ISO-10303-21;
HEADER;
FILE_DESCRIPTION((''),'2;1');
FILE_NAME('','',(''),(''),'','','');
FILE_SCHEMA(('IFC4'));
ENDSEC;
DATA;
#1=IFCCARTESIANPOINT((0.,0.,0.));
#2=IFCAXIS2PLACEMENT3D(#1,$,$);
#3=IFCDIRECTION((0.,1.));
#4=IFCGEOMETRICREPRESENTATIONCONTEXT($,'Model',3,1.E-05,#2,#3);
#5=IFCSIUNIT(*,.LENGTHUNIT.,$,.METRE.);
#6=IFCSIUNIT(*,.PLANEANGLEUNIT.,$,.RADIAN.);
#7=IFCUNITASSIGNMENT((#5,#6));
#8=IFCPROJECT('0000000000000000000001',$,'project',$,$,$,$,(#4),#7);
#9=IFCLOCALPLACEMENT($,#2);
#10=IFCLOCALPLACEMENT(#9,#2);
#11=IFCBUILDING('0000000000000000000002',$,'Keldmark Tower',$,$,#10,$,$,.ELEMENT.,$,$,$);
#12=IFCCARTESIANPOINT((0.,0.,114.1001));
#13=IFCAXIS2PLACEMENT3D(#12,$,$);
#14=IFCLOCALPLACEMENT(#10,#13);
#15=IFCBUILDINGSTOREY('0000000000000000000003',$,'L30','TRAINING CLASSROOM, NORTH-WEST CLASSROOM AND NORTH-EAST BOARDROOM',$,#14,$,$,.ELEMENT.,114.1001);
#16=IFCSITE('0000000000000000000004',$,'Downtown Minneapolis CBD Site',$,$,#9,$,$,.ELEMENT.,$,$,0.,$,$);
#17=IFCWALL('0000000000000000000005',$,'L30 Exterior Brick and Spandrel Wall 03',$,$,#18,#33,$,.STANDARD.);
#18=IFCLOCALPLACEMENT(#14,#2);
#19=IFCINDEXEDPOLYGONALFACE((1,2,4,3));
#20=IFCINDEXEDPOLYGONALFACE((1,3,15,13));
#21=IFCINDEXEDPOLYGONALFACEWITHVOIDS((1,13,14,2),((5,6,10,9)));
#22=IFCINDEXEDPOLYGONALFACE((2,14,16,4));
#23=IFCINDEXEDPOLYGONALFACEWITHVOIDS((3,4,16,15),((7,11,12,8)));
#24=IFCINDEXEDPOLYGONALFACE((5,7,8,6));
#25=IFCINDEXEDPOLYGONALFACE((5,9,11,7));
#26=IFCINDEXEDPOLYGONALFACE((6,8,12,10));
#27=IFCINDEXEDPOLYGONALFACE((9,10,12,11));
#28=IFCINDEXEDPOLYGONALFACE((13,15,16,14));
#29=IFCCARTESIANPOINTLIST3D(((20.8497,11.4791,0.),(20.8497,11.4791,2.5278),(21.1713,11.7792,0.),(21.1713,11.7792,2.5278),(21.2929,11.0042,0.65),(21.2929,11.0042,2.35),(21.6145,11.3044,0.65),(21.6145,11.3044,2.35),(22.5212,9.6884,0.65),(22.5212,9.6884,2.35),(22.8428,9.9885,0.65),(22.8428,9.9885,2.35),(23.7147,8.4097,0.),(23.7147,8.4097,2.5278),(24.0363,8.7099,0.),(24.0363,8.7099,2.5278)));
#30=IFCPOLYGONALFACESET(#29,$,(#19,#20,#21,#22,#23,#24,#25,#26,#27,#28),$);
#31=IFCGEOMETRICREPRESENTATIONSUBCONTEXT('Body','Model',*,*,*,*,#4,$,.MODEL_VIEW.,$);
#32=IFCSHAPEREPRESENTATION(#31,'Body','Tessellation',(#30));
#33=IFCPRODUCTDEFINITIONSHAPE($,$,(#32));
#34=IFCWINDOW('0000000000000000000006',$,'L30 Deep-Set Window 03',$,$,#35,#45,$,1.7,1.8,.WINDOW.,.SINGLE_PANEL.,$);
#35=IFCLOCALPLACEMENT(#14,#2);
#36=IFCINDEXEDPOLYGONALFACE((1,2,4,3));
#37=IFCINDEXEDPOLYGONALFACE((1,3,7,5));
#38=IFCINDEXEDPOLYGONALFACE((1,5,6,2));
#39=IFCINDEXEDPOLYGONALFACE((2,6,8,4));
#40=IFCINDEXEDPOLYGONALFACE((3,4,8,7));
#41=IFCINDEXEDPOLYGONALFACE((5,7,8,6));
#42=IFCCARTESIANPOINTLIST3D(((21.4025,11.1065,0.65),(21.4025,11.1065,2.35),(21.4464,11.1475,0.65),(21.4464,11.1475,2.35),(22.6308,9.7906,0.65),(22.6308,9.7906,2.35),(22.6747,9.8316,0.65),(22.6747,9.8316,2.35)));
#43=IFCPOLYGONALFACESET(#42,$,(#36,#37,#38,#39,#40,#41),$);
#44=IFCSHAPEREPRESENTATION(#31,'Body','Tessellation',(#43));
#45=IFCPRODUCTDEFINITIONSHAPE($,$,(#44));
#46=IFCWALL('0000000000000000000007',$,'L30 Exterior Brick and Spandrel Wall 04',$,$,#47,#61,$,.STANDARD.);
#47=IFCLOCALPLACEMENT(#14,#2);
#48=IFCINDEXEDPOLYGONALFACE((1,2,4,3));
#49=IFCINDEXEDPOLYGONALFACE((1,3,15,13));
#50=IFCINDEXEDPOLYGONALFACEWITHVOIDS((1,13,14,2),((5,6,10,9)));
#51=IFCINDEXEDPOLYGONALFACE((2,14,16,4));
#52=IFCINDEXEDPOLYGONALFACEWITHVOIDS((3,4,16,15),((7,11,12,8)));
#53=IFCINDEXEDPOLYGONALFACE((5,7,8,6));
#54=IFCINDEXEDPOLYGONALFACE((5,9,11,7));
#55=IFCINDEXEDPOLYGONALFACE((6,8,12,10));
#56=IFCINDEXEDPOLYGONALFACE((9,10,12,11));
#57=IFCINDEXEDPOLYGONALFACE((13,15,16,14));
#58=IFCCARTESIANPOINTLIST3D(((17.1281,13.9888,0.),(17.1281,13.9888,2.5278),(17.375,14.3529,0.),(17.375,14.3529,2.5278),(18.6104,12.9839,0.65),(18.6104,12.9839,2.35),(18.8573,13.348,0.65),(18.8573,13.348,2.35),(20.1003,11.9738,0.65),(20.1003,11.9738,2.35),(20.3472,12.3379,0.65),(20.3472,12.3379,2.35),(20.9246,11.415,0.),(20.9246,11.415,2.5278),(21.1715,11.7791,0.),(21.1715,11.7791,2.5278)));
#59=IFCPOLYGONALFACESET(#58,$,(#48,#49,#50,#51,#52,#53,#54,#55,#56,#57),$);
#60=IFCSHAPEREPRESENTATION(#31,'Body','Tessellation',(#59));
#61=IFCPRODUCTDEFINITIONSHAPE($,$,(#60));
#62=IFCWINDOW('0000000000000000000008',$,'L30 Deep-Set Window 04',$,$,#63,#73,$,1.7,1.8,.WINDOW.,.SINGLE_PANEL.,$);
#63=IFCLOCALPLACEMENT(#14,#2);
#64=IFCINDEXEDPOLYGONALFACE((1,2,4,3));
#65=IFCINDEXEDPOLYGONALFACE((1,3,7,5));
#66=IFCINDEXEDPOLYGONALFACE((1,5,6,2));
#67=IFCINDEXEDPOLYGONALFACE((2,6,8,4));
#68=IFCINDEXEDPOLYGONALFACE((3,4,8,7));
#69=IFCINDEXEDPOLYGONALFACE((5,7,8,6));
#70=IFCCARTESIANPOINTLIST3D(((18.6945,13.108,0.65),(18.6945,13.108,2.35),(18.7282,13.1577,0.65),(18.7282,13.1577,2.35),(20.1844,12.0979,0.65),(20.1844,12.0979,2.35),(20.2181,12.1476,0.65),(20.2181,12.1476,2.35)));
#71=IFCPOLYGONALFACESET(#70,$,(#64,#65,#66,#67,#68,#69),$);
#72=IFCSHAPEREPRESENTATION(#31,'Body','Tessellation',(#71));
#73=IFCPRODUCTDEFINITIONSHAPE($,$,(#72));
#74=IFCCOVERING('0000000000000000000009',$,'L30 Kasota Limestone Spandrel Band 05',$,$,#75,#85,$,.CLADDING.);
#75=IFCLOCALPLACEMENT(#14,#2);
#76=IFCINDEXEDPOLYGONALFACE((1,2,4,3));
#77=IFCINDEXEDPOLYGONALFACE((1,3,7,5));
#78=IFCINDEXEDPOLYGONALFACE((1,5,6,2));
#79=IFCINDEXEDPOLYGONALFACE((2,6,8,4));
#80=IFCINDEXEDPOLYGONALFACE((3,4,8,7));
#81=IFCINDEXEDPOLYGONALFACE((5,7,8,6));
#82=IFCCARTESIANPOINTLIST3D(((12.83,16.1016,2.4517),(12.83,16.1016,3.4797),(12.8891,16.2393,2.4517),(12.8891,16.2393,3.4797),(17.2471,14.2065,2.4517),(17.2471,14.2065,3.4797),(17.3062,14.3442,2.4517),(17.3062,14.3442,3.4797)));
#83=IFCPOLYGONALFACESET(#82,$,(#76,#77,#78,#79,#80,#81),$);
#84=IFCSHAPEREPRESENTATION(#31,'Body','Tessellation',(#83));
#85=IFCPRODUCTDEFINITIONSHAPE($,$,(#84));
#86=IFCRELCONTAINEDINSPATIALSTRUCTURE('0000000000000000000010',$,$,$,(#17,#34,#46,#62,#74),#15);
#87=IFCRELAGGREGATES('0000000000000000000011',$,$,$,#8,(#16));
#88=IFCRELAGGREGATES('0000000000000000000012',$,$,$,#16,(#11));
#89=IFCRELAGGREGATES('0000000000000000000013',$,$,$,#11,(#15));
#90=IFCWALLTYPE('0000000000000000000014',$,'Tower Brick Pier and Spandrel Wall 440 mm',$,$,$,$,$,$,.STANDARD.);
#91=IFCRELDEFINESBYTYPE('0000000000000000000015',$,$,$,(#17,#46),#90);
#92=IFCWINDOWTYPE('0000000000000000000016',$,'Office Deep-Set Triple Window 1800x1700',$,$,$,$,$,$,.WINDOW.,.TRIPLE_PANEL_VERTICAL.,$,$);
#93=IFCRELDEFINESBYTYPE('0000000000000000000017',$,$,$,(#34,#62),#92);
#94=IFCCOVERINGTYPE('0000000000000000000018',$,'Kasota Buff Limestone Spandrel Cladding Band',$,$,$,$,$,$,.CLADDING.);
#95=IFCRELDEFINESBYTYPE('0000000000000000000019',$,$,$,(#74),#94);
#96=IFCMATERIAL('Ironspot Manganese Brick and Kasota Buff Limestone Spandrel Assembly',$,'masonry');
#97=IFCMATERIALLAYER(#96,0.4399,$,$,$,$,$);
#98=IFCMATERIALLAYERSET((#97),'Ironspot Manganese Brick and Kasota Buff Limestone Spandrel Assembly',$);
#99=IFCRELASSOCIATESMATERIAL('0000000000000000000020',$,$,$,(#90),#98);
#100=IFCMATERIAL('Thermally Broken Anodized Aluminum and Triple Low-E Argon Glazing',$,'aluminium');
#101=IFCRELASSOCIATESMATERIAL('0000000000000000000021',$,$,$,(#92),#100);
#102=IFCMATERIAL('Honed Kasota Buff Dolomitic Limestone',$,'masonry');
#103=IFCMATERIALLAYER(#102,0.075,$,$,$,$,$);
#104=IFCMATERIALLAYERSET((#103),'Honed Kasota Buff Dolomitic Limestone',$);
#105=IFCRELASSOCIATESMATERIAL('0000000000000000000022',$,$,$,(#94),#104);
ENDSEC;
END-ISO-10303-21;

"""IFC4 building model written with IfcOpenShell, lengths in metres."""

from ifc_helpers import new_model, si_unit, direction, frame, frame_2d, origin, origin_2d, place, context, subcontext, project, spatial, rectangle, extrude, material, layer, layer_set, type_object, element, fill, save


model = new_model("IFC4")

# Units and contexts
model_context = context("Model", 3, precision=1e-05, world=origin(), true_north=direction((0.0, 1.0)))
body_context = subcontext(model_context, "Body", "Model", "MODEL_VIEW")
ifc_project = project(units=[si_unit("LENGTHUNIT", "METRE"), si_unit("PLANEANGLEUNIT", "RADIAN")], contexts=[model_context])

# Site, building, storey
site_placement = place(None, origin())
site = spatial("IfcSite", under=ifc_project, at=site_placement, Name="Downtown Minneapolis CBD Site", CompositionType="ELEMENT", RefElevation=0.0)
building_placement = place(site_placement, origin())
building = spatial("IfcBuilding", under=site, at=building_placement, Name="Keldmark Tower", CompositionType="ELEMENT")
storey_placement = place(building_placement, frame((0.0, 0.0, 114.1001)))
storey = spatial("IfcBuildingStorey", under=building, at=storey_placement, Name="L30", Description="TRAINING CLASSROOM, NORTH-WEST CLASSROOM AND NORTH-EAST BOARDROOM", CompositionType="ELEMENT", Elevation=114.1001)

# Walls, openings, windows
ifc_material_1 = material(Name="Ironspot Manganese Brick and Kasota Buff Limestone Spandrel Assembly", Category="masonry")
ifc_layer_1 = layer(ifc_material_1, 0.4399)
ifc_layer_set_1 = layer_set([ifc_layer_1], Name="Ironspot Manganese Brick and Kasota Buff Limestone Spandrel Assembly")
wall_type_1 = type_object("IfcWallType", Name="Tower Brick Pier and Spandrel Wall 440 mm", PredefinedType="STANDARD", material=ifc_layer_set_1)
ifc_material_2 = material(Name="Thermally Broken Anodized Aluminum and Triple Low-E Argon Glazing", Category="aluminium")
window_type = type_object("IfcWindowType", Name="Office Deep-Set Triple Window 1800x1700", PartitioningType="TRIPLE_PANEL_VERTICAL", PredefinedType="WINDOW", material=ifc_material_2)
wall_1_placement = place(storey_placement, frame((21.0105, 11.6292, 0.0), z_axis=(0.0, 0.0, 1.0), x_axis=(0.682353, -0.731022, 0.0)))
wall_1 = element("IfcWall", 1, at=wall_1_placement, inside=storey, type_object=wall_type_1, Name="L30 Exterior Brick and Spandrel Wall 03", PredefinedType="STANDARD", context=body_context, shape_type="SweptSolid", body=[
    extrude(rectangle(XDim=4.1987, YDim=0.4399, at=frame_2d((2.0994, 0.0))), origin(), (0.0, 0.0, 1.0), 2.5278),
])
opening_1_placement = place(wall_1_placement, frame((0.6497, 0.0, 0.6499)))
opening_1 = element("IfcOpeningElement", 2, at=opening_1_placement, cuts=wall_1, PredefinedType="OPENING", context=body_context, shape_type="SweptSolid", body=[
    extrude(rectangle(XDim=1.8, YDim=1.7, at=frame_2d((0.8999, 0.8501))), frame((0.0, 0.23, 0.0), z_axis=(0.0, -1.0, 0.0), x_axis=(1.0, 0.0, 0.0)), (0.0, 0.0, 1.0), 0.46),
])
window_1_placement = place(opening_1_placement, origin())
window_1 = element("IfcWindow", 3, at=window_1_placement, inside=storey, type_object=window_type, Name="L30 Deep-Set Window 03", OverallHeight=1.7, OverallWidth=1.8, PartitioningType="SINGLE_PANEL", PredefinedType="WINDOW", context=body_context, shape_type="SweptSolid", body=[
    extrude(rectangle(XDim=1.8, YDim=1.7, at=frame_2d((0.8999, 0.8501))), frame((0.0, -0.01, 0.0), z_axis=(0.0, -1.0, 0.0), x_axis=(1.0, 0.0, 0.0)), (0.0, 0.0, 1.0), 0.0601),
])
fill(opening_1, window_1)
wall_2_placement = place(storey_placement, frame((17.2515, 14.1709, 0.0), z_axis=(0.0, 0.0, 1.0), x_axis=(0.827718, -0.561145, 0.0)))
wall_2 = element("IfcWall", 4, at=wall_2_placement, inside=storey, type_object=wall_type_1, Name="L30 Exterior Brick and Spandrel Wall 04", PredefinedType="STANDARD", context=body_context, shape_type="SweptSolid", body=[
    extrude(rectangle(XDim=4.5867, YDim=0.4399, at=frame_2d((2.2935, 0.0))), origin(), (0.0, 0.0, 1.0), 2.5278),
])
opening_2_placement = place(wall_2_placement, frame((1.791, 0.0, 0.6499)))
opening_2 = element("IfcOpeningElement", 5, at=opening_2_placement, cuts=wall_2, PredefinedType="OPENING", context=body_context, shape_type="SweptSolid", body=[
    extrude(rectangle(XDim=1.8, YDim=1.7, at=frame_2d((0.8999, 0.8501))), frame((0.0, 0.23, 0.0), z_axis=(0.0, -1.0, 0.0), x_axis=(1.0, 0.0, 0.0)), (0.0, 0.0, 1.0), 0.46),
])
window_2_placement = place(opening_2_placement, origin())
window_2 = element("IfcWindow", 6, at=window_2_placement, inside=storey, type_object=window_type, Name="L30 Deep-Set Window 04", OverallHeight=1.7, OverallWidth=1.8, PartitioningType="SINGLE_PANEL", PredefinedType="WINDOW", context=body_context, shape_type="SweptSolid", body=[
    extrude(rectangle(XDim=1.8, YDim=1.7, at=frame_2d((0.8999, 0.8501))), frame((0.0, -0.01, 0.0), z_axis=(0.0, -1.0, 0.0), x_axis=(1.0, 0.0, 0.0)), (0.0, 0.0, 1.0), 0.0601),
])
fill(opening_2, window_2)

# Covering
ifc_material_3 = material(Name="Honed Kasota Buff Dolomitic Limestone", Category="masonry")
ifc_layer_2 = layer(ifc_material_3, 0.075)
ifc_layer_set_2 = layer_set([ifc_layer_2], Name="Honed Kasota Buff Dolomitic Limestone")
covering_type = type_object("IfcCoveringType", Name="Kasota Buff Limestone Spandrel Cladding Band", PredefinedType="CLADDING", material=ifc_layer_set_2)
covering_placement = place(storey_placement, frame((15.0681, 15.2229, 2.4517), z_axis=(0.0, 0.0, 1.0), x_axis=(-0.918991, 0.394279, 0.0)))
element("IfcCovering", 7, at=covering_placement, inside=storey, type_object=covering_type, Name="L30 Kasota Limestone Spandrel Band 05", PredefinedType="CLADDING", context=body_context, shape_type="SweptSolid", body=[
    extrude(rectangle(XDim=4.8064, YDim=0.1499, at=origin_2d()), origin(), (0.0, 0.0, 1.0), 1.0281),
])

save(model, "model.ifc")
